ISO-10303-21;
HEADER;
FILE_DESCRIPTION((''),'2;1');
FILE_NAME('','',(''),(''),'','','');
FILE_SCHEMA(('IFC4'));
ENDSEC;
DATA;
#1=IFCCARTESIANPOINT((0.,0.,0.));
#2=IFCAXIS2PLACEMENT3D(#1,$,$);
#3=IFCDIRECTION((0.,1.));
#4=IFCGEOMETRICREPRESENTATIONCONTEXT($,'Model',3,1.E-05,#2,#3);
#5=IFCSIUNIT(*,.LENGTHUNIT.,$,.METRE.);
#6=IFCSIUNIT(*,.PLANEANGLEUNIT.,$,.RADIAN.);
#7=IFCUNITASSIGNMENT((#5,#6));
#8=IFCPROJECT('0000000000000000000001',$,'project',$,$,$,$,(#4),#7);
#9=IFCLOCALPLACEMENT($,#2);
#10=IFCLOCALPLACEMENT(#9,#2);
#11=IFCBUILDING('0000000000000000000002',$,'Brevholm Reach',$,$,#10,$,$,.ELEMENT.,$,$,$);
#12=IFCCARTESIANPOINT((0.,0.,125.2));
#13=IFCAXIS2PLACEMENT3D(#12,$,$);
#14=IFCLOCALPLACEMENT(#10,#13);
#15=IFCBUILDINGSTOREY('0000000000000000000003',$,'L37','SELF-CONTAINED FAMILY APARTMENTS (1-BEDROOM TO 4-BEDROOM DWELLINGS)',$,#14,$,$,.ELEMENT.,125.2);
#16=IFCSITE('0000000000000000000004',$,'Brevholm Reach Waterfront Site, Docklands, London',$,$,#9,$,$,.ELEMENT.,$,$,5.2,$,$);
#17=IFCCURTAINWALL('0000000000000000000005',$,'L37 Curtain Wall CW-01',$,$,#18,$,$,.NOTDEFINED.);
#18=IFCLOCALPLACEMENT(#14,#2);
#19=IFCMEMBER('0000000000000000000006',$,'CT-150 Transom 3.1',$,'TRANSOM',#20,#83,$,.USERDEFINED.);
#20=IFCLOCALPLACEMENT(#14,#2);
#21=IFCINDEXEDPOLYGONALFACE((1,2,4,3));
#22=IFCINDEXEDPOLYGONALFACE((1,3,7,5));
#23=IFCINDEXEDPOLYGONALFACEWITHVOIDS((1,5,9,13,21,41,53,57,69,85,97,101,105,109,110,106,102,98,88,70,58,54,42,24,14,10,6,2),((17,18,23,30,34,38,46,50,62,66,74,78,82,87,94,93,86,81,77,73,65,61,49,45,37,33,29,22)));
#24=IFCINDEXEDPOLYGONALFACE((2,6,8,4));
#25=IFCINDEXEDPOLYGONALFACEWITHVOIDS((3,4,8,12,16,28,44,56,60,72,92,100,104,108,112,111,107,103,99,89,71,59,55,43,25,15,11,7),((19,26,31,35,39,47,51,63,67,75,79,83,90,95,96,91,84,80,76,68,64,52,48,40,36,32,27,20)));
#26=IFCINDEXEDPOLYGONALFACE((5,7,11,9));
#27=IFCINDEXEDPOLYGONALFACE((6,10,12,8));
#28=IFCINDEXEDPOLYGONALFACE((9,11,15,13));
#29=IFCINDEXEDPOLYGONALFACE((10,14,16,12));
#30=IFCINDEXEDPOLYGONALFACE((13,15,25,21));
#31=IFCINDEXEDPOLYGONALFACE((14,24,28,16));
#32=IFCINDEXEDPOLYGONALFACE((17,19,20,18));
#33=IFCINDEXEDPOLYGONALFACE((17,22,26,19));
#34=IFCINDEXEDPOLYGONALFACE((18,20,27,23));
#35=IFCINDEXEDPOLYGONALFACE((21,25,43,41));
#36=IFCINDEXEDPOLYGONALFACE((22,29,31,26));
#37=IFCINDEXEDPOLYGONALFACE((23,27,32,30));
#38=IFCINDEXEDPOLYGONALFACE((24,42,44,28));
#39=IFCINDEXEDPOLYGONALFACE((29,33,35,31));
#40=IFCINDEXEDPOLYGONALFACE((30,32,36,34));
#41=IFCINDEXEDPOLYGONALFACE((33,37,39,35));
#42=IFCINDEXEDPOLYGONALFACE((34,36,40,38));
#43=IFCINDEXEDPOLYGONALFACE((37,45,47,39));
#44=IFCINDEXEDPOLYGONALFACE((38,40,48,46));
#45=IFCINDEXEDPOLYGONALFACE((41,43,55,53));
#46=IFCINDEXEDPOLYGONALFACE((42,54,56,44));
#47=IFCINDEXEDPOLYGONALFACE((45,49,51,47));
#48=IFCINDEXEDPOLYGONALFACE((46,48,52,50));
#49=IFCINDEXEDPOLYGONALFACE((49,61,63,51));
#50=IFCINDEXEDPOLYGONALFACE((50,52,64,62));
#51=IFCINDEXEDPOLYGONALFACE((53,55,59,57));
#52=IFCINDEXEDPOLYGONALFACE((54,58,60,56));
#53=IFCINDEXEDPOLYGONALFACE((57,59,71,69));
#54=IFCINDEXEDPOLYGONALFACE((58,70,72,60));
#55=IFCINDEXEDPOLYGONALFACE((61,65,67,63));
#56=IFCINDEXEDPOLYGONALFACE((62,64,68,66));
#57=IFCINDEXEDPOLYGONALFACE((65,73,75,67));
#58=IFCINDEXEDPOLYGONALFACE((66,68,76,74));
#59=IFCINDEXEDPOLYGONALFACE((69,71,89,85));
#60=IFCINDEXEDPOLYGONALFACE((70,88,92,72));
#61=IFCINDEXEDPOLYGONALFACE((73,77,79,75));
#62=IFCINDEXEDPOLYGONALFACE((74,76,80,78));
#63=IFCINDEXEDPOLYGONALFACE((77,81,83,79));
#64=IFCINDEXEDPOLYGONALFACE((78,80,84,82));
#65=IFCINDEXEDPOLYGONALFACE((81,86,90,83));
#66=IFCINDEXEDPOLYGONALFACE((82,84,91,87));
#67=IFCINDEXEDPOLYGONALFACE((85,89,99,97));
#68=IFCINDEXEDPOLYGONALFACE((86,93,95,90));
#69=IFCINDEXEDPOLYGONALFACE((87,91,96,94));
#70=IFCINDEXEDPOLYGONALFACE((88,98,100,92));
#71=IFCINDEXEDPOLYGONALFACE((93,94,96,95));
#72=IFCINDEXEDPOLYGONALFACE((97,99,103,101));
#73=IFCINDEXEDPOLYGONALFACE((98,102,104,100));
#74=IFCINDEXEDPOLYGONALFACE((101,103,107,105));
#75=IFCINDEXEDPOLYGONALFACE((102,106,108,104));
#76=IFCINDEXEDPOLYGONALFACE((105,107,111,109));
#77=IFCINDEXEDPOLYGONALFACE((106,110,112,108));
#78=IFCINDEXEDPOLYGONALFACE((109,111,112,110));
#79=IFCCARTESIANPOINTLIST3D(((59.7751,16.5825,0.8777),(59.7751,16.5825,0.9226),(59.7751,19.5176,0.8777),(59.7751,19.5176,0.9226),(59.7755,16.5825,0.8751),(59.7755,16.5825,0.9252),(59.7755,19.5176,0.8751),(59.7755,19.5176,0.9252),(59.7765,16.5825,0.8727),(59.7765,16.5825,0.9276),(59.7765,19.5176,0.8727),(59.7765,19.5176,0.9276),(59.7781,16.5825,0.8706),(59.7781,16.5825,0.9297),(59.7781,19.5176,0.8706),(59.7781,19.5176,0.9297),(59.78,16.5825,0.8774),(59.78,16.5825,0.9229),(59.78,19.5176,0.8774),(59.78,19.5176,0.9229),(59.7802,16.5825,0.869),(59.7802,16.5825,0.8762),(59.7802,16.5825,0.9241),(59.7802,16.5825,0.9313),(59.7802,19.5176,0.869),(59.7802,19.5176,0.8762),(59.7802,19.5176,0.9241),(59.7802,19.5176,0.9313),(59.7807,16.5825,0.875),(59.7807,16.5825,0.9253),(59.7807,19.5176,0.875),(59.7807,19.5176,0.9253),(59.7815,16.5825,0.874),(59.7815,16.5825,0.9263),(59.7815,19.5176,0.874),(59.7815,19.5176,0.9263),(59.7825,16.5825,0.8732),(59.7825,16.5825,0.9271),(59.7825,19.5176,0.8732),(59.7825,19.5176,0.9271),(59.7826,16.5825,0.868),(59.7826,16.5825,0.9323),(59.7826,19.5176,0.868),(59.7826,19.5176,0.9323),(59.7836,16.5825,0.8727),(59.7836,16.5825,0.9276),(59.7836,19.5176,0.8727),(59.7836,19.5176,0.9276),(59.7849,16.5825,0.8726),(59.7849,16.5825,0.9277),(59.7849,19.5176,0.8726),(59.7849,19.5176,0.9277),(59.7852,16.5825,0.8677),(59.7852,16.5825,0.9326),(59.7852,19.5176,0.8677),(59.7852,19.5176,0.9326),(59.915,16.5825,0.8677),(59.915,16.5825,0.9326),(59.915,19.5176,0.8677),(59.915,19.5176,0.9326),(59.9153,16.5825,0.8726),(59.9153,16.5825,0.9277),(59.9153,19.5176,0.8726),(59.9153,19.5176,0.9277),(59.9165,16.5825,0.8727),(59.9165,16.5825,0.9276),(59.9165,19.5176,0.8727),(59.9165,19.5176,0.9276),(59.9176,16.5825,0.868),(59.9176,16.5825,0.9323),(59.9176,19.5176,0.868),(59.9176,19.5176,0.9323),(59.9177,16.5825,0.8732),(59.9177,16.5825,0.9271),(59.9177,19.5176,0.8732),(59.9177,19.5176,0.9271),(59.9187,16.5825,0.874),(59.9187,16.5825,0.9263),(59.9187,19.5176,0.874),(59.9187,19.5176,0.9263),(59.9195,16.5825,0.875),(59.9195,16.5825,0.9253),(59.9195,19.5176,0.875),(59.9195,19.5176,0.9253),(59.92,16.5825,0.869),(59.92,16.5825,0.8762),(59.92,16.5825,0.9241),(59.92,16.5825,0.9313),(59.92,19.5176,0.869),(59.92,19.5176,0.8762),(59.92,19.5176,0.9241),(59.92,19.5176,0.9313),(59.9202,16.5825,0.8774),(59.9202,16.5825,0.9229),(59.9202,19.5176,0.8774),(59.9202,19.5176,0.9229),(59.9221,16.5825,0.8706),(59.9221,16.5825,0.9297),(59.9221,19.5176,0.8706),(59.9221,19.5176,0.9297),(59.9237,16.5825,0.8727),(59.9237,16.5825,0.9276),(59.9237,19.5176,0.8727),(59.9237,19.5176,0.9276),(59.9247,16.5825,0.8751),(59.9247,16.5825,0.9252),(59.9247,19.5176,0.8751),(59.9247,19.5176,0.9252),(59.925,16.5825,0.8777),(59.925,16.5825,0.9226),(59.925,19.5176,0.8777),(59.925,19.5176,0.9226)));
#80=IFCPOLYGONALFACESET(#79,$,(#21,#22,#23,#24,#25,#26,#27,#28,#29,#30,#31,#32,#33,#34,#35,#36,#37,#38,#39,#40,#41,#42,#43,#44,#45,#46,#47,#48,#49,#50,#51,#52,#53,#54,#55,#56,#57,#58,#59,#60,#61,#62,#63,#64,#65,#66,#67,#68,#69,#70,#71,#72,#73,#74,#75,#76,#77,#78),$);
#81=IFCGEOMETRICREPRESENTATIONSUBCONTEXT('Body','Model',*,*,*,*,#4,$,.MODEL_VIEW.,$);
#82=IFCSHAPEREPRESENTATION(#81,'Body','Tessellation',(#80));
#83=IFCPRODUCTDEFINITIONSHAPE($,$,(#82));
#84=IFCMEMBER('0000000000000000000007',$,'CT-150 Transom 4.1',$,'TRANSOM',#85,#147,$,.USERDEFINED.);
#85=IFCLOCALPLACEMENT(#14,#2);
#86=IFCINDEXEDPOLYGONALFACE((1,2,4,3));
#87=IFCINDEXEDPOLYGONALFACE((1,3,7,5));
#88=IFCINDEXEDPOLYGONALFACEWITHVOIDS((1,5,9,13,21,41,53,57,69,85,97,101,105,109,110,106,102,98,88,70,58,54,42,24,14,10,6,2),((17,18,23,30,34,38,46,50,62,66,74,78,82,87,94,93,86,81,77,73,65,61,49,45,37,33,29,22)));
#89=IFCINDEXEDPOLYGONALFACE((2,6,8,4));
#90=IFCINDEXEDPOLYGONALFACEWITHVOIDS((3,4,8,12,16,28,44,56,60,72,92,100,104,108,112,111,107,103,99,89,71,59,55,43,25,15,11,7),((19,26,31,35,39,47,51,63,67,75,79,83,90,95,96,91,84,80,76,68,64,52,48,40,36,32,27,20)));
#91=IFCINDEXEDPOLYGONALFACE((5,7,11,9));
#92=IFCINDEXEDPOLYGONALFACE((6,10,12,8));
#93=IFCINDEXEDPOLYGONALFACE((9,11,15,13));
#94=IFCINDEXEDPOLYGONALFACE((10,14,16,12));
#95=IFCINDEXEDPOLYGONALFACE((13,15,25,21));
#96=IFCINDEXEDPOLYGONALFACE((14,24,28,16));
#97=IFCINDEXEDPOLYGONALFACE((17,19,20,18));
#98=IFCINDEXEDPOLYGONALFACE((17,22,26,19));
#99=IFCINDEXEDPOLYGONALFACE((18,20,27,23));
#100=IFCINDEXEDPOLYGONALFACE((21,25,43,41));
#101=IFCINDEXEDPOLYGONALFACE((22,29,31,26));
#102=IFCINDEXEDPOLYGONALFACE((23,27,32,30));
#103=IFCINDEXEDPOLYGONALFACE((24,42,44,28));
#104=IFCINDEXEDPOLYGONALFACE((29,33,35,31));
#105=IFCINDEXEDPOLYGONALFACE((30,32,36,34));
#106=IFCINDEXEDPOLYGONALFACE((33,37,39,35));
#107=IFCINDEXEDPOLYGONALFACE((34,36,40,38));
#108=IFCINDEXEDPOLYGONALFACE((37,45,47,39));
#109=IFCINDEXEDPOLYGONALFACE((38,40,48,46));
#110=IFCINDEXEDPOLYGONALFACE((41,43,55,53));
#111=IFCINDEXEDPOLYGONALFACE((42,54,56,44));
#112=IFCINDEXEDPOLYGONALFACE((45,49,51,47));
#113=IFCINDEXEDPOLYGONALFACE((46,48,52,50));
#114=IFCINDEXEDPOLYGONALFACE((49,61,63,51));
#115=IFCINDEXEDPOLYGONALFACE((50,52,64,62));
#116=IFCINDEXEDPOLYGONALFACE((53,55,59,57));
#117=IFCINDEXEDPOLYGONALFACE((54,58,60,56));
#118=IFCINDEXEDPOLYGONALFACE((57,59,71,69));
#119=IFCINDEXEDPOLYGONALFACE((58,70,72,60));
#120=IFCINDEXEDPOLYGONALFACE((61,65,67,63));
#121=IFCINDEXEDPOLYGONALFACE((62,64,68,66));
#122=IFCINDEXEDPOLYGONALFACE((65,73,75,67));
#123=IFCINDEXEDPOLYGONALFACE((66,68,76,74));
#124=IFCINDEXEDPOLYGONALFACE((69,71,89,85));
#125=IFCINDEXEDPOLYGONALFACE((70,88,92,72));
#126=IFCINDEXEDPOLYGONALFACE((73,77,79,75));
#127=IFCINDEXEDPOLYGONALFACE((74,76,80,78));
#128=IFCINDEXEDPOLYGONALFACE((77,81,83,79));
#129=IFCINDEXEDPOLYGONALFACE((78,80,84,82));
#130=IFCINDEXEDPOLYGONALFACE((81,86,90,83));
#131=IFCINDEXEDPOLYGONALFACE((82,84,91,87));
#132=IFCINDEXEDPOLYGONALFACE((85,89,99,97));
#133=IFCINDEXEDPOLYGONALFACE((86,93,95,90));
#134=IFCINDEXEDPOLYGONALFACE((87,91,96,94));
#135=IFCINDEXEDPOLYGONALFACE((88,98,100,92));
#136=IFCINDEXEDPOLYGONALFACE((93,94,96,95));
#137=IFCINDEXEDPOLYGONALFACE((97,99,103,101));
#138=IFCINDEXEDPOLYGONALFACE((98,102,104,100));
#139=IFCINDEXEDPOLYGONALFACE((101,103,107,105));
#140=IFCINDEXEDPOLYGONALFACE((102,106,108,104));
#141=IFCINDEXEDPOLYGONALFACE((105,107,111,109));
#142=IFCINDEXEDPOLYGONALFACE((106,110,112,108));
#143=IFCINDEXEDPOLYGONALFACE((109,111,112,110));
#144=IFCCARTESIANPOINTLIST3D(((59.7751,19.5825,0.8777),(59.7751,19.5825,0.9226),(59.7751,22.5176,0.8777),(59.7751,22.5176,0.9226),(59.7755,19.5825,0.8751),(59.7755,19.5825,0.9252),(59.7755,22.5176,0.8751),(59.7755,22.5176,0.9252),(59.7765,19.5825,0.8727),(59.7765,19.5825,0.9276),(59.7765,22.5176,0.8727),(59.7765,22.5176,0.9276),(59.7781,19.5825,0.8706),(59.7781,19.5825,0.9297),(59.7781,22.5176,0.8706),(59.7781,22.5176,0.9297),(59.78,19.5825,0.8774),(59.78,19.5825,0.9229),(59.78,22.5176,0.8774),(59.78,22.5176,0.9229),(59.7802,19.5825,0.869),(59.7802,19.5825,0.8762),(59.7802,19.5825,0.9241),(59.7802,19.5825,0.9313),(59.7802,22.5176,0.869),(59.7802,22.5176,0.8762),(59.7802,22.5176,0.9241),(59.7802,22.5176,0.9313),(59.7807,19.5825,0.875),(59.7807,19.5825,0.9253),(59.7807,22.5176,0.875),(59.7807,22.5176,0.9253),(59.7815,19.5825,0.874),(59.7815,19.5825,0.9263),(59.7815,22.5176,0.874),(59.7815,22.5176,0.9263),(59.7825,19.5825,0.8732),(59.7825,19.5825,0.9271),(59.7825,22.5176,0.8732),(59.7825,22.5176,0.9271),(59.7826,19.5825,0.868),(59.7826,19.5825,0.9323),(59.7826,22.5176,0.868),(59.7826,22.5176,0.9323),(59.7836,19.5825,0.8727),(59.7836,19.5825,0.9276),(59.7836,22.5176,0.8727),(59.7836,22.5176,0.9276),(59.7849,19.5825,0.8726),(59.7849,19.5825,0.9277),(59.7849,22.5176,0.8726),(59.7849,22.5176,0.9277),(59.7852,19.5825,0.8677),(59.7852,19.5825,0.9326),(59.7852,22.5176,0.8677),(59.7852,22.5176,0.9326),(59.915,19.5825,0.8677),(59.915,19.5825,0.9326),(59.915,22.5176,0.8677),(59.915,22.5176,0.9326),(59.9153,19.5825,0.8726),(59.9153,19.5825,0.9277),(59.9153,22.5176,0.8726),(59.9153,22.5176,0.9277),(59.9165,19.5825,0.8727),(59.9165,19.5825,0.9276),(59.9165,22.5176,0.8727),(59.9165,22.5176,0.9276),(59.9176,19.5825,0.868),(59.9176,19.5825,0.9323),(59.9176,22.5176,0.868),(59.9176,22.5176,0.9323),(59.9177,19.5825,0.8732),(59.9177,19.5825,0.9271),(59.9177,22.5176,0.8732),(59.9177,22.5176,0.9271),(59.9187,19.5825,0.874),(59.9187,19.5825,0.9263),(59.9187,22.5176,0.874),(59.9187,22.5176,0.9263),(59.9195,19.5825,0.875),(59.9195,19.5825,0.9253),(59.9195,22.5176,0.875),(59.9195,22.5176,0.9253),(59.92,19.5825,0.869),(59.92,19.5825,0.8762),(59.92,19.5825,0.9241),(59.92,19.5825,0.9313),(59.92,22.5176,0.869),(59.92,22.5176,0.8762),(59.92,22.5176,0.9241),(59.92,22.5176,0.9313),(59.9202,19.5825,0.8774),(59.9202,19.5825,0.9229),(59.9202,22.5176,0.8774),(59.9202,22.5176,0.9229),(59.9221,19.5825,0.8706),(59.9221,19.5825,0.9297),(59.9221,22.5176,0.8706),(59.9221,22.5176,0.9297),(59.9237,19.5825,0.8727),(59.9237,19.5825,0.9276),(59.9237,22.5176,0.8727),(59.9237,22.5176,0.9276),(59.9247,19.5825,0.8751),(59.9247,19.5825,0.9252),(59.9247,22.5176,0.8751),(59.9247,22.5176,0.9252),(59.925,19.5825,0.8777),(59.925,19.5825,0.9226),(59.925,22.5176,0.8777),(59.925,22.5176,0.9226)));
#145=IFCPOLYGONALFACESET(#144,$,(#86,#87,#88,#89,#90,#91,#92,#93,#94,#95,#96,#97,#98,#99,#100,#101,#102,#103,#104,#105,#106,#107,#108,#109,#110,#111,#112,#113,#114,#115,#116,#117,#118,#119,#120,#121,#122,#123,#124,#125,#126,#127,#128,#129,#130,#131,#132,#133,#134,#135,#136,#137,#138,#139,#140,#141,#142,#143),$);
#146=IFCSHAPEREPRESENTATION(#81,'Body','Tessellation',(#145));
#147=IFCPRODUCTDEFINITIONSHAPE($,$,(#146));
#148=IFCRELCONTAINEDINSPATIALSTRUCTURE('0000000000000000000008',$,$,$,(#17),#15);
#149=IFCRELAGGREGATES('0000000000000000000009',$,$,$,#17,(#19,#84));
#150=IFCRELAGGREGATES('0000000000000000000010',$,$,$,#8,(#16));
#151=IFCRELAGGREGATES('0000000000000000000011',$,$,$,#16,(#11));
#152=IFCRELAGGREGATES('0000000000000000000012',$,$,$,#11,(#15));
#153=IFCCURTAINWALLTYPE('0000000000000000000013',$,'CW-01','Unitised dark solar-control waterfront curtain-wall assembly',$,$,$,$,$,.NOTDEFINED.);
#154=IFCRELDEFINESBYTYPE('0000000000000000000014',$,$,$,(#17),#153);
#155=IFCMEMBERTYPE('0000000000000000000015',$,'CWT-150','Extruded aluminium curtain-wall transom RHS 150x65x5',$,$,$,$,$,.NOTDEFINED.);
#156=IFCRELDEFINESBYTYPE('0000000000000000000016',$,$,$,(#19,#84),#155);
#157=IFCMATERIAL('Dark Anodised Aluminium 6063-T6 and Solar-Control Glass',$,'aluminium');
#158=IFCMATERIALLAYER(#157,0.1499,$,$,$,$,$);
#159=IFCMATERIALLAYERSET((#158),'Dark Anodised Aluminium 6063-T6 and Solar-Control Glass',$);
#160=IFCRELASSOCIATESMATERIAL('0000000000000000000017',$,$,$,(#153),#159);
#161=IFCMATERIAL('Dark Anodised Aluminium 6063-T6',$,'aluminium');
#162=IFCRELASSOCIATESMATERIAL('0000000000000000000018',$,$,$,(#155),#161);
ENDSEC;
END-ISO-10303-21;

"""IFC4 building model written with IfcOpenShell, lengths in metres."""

from ifc_helpers import new_model, si_unit, direction, frame, origin, origin_2d, place, context, subcontext, project, spatial, hollow_rectangle, extrude, material, layer, layer_set, material_profile, profile_set, type_object, element, aggregate, save


model = new_model("IFC4")

# Units and contexts
model_context = context("Model", 3, precision=1e-05, world=origin(), true_north=direction((0.0, 1.0)))
body_context = subcontext(model_context, "Body", "Model", "MODEL_VIEW")
ifc_project = project(units=[si_unit("LENGTHUNIT", "METRE"), si_unit("PLANEANGLEUNIT", "RADIAN")], contexts=[model_context])

# Site, building, storey
site_placement = place(None, origin())
site = spatial("IfcSite", under=ifc_project, at=site_placement, Name="Brevholm Reach Waterfront Site, Docklands, London", CompositionType="ELEMENT", RefElevation=5.2)
building_placement = place(site_placement, origin())
building = spatial("IfcBuilding", under=site, at=building_placement, Name="Brevholm Reach", CompositionType="ELEMENT")
storey_placement = place(building_placement, frame((0.0, 0.0, 125.2)))
storey = spatial("IfcBuildingStorey", under=building, at=storey_placement, Name="L37", Description="SELF-CONTAINED FAMILY APARTMENTS (1-BEDROOM TO 4-BEDROOM DWELLINGS)", CompositionType="ELEMENT", Elevation=125.2)

# Curtain wall, members
ifc_material_1 = material(Name="Dark Anodised Aluminium 6063-T6 and Solar-Control Glass", Category="aluminium")
ifc_layer_1 = layer(ifc_material_1, 0.1499)
ifc_layer_set_1 = layer_set([ifc_layer_1], Name="Dark Anodised Aluminium 6063-T6 and Solar-Control Glass")
curtain_wall_type = type_object("IfcCurtainWallType", Name="CW-01", Description="Unitised dark solar-control waterfront curtain-wall assembly", PredefinedType="NOTDEFINED", material=ifc_layer_set_1)
curtain_wall_placement = place(storey_placement, origin())
curtain_wall = element("IfcCurtainWall", 1, at=curtain_wall_placement, inside=storey, type_object=curtain_wall_type, Name="L37 Curtain Wall CW-01", PredefinedType="NOTDEFINED")
ifc_material_2 = material(Name="Dark Anodised Aluminium 6063-T6", Category="aluminium")
ifc_material_profile_1 = material_profile(ifc_material_2, hollow_rectangle(XDim=0.0649, YDim=0.1499, WallThickness=0.0049, InnerFilletRadius=0.0049, OuterFilletRadius=0.01, at=origin_2d()), Name="RHS 150x65x5")
ifc_profile_set_1 = profile_set([ifc_material_profile_1], Name="Dark Anodised Aluminium 6063-T6")
member_type_1 = type_object("IfcMemberType", Name="CWT-150", Description="Extruded aluminium curtain-wall transom RHS 150x65x5", PredefinedType="NOTDEFINED", material=ifc_profile_set_1)
member_1_placement = place(storey_placement, frame((59.8501, 16.5825, 0.9001), z_axis=(0.0, 1.0, 0.0), x_axis=(0.0, 0.0, 1.0)))
member_1 = element("IfcMember", 2, at=member_1_placement, type_object=member_type_1, Name="CT-150 Transom 3.1", ObjectType="TRANSOM", PredefinedType="USERDEFINED", context=body_context, shape_type="SweptSolid", body=[
    extrude(hollow_rectangle(XDim=0.0649, YDim=0.1499, WallThickness=0.0049, InnerFilletRadius=0.0049, OuterFilletRadius=0.01, at=origin_2d()), origin(), (0.0, 0.0, 1.0), 2.9351),
])
member_2_placement = place(storey_placement, frame((59.8501, 19.5825, 0.9001), z_axis=(0.0, 1.0, 0.0), x_axis=(0.0, 0.0, 1.0)))
member_2 = element("IfcMember", 3, at=member_2_placement, type_object=member_type_1, Name="CT-150 Transom 4.1", ObjectType="TRANSOM", PredefinedType="USERDEFINED", context=body_context, shape_type="SweptSolid", body=[
    extrude(hollow_rectangle(XDim=0.0649, YDim=0.1499, WallThickness=0.0049, InnerFilletRadius=0.0049, OuterFilletRadius=0.01, at=origin_2d()), origin(), (0.0, 0.0, 1.0), 2.9351),
])
aggregate(curtain_wall, [member_1, member_2])

save(model, "model.ifc")
